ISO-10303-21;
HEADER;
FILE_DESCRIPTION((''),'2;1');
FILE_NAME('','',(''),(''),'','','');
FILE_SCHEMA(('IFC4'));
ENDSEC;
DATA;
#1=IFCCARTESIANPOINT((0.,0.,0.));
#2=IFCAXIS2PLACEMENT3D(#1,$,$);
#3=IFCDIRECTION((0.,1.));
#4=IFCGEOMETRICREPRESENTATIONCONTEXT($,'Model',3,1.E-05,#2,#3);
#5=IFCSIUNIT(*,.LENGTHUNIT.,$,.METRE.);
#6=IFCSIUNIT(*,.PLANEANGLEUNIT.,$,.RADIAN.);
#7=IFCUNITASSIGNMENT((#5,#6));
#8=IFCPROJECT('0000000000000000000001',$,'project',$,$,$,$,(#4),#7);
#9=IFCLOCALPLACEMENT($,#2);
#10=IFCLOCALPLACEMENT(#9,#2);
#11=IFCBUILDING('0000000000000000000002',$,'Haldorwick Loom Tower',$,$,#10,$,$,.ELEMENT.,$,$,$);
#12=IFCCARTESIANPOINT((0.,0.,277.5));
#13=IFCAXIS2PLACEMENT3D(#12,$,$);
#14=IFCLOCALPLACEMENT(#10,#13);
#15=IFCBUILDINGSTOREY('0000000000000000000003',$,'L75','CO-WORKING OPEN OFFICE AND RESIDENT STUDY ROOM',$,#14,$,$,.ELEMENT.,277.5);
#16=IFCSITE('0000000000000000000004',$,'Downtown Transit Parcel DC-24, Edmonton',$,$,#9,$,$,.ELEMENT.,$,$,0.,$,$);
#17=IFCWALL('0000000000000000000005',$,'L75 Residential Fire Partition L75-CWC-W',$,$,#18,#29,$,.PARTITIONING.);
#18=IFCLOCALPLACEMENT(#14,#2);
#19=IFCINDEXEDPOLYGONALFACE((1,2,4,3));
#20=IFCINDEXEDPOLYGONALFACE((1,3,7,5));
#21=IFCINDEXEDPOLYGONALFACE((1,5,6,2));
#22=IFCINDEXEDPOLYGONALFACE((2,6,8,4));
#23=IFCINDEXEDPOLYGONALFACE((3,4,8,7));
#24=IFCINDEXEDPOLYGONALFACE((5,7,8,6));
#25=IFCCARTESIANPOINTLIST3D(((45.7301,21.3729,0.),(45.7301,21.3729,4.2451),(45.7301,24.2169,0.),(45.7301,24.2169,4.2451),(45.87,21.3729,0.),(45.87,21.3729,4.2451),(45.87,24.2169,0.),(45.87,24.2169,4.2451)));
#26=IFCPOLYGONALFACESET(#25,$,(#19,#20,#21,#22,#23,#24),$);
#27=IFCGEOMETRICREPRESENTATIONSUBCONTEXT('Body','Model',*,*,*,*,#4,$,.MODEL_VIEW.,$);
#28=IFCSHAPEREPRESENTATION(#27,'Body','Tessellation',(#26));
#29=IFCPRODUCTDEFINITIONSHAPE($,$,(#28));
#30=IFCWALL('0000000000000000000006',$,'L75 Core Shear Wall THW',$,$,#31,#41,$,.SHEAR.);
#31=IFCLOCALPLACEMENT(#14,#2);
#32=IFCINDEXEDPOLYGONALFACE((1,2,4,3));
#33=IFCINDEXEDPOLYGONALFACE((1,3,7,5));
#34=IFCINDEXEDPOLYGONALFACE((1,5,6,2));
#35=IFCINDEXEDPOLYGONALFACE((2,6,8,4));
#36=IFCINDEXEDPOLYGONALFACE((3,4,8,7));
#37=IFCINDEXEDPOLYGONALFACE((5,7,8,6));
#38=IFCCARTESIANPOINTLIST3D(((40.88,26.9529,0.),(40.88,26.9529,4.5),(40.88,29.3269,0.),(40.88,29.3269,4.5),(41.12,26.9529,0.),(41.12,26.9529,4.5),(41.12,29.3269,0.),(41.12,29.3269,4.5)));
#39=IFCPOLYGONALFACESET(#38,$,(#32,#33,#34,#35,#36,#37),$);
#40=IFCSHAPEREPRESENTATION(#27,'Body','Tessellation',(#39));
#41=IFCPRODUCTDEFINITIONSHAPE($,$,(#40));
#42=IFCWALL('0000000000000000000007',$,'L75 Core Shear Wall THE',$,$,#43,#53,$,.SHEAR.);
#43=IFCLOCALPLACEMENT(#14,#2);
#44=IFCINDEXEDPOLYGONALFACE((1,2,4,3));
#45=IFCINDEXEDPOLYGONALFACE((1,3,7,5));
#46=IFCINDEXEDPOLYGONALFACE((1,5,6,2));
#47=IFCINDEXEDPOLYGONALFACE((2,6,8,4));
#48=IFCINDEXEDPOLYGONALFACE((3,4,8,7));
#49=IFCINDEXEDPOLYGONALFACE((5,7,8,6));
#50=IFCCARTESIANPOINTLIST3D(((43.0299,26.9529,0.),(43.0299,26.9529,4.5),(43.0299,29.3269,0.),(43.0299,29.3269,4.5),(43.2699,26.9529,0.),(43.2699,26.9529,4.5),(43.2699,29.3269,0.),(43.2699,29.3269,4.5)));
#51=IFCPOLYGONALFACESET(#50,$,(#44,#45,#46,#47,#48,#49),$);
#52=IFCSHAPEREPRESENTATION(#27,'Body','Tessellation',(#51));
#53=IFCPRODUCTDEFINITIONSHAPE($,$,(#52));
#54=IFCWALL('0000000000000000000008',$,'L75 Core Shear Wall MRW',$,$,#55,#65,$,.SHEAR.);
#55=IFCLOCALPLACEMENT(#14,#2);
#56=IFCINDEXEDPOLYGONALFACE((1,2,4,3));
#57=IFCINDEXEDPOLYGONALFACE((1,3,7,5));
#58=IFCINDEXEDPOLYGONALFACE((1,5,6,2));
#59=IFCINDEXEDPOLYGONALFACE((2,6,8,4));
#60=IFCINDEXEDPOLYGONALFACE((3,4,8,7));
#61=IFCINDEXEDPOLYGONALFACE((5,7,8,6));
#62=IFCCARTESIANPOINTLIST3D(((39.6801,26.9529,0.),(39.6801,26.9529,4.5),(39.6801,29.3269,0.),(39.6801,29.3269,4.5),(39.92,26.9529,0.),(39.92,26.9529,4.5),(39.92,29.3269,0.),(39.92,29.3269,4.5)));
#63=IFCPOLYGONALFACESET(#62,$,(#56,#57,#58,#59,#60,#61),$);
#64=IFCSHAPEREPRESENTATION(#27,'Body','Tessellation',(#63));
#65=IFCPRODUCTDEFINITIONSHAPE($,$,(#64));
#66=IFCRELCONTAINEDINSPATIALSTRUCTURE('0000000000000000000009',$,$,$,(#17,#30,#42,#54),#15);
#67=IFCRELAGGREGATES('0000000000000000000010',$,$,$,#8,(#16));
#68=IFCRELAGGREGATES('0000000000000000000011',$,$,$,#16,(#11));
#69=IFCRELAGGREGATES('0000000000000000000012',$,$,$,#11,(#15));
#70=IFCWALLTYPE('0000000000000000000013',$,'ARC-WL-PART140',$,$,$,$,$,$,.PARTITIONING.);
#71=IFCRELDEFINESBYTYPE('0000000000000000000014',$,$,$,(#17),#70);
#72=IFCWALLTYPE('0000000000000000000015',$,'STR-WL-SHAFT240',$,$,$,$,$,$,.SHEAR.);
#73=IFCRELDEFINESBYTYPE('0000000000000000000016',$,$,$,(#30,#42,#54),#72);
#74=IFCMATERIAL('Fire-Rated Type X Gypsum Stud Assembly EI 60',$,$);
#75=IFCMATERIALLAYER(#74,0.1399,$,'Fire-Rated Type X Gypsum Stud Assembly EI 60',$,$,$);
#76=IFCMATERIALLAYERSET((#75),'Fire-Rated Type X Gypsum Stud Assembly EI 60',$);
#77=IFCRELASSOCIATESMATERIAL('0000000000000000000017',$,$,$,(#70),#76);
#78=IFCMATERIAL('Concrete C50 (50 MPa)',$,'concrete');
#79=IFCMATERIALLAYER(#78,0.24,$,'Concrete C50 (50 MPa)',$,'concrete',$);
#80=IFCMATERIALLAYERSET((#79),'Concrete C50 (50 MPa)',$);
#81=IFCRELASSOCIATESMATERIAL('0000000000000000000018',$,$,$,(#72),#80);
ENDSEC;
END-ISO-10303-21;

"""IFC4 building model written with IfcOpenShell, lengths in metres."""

from ifc_helpers import new_model, si_unit, direction, frame, frame_2d, origin, place, context, subcontext, project, spatial, rectangle, extrude, material, layer, layer_set, type_object, element, save


model = new_model("IFC4")

# Units and contexts
model_context = context("Model", 3, precision=1e-05, world=origin(), true_north=direction((0.0, 1.0)))
body_context = subcontext(model_context, "Body", "Model", "MODEL_VIEW")
ifc_project = project(units=[si_unit("LENGTHUNIT", "METRE"), si_unit("PLANEANGLEUNIT", "RADIAN")], contexts=[model_context])

# Site, building, storey
site_placement = place(None, origin())
site = spatial("IfcSite", under=ifc_project, at=site_placement, Name="Downtown Transit Parcel DC-24, Edmonton", CompositionType="ELEMENT", RefElevation=0.0)
building_placement = place(site_placement, origin())
building = spatial("IfcBuilding", under=site, at=building_placement, Name="Haldorwick Loom Tower", CompositionType="ELEMENT")
storey_placement = place(building_placement, frame((0.0, 0.0, 277.5)))
storey = spatial("IfcBuildingStorey", under=building, at=storey_placement, Name="L75", Description="CO-WORKING OPEN OFFICE AND RESIDENT STUDY ROOM", CompositionType="ELEMENT", Elevation=277.5)

# Shared definitions
ifc_material_1 = material(Name="Concrete C50 (50 MPa)", Category="concrete")

# Walls
ifc_material_2 = material(Name="Fire-Rated Type X Gypsum Stud Assembly EI 60")
ifc_layer_1 = layer(ifc_material_2, 0.1399, Name="Fire-Rated Type X Gypsum Stud Assembly EI 60")
ifc_layer_set_1 = layer_set([ifc_layer_1], Name="Fire-Rated Type X Gypsum Stud Assembly EI 60")
wall_type_1 = type_object("IfcWallType", Name="ARC-WL-PART140", PredefinedType="PARTITIONING", material=ifc_layer_set_1)
wall_1_placement = place(storey_placement, frame((45.8, 21.373, 0.0), z_axis=(0.0, 0.0, 1.0), x_axis=(0.0, 1.0, 0.0)))
element("IfcWall", 1, at=wall_1_placement, inside=storey, type_object=wall_type_1, Name="L75 Residential Fire Partition L75-CWC-W", PredefinedType="PARTITIONING", context=body_context, shape_type="SweptSolid", body=[
    extrude(rectangle(XDim=2.844, YDim=0.1399, at=frame_2d((1.4219, 0.0))), origin(), (0.0, 0.0, 1.0), 4.2451),
])
ifc_layer_2 = layer(ifc_material_1, 0.24, Name="Concrete C50 (50 MPa)", Category="concrete")
ifc_layer_set_2 = layer_set([ifc_layer_2], Name="Concrete C50 (50 MPa)")
wall_type_2 = type_object("IfcWallType", Name="STR-WL-SHAFT240", PredefinedType="SHEAR", material=ifc_layer_set_2)
for number, where, z_axis, x_axis, name in (
    (2, (41.0, 26.9529, 0.0), (0.0, 0.0, 1.0), (0.0, 1.0, 0.0), "L75 Core Shear Wall THW"),
    (3, (43.1499, 26.9529, 0.0), (0.0, 0.0, 1.0), (0.0, 1.0, 0.0), "L75 Core Shear Wall THE"),
    (4, (39.8, 26.9529, 0.0), (0.0, 0.0, 1.0), (0.0, 1.0, 0.0), "L75 Core Shear Wall MRW"),
):
    element("IfcWall", number, at=place(storey_placement, frame(where, z_axis=z_axis, x_axis=x_axis)), inside=storey, type_object=wall_type_2, Name=name, PredefinedType="SHEAR", context=body_context, shape_type="SweptSolid", body=[
        extrude(rectangle(XDim=2.374, YDim=0.24, at=frame_2d((1.187, 0.0))), origin(), (0.0, 0.0, 1.0), 4.5),
    ])

save(model, "model.ifc")
